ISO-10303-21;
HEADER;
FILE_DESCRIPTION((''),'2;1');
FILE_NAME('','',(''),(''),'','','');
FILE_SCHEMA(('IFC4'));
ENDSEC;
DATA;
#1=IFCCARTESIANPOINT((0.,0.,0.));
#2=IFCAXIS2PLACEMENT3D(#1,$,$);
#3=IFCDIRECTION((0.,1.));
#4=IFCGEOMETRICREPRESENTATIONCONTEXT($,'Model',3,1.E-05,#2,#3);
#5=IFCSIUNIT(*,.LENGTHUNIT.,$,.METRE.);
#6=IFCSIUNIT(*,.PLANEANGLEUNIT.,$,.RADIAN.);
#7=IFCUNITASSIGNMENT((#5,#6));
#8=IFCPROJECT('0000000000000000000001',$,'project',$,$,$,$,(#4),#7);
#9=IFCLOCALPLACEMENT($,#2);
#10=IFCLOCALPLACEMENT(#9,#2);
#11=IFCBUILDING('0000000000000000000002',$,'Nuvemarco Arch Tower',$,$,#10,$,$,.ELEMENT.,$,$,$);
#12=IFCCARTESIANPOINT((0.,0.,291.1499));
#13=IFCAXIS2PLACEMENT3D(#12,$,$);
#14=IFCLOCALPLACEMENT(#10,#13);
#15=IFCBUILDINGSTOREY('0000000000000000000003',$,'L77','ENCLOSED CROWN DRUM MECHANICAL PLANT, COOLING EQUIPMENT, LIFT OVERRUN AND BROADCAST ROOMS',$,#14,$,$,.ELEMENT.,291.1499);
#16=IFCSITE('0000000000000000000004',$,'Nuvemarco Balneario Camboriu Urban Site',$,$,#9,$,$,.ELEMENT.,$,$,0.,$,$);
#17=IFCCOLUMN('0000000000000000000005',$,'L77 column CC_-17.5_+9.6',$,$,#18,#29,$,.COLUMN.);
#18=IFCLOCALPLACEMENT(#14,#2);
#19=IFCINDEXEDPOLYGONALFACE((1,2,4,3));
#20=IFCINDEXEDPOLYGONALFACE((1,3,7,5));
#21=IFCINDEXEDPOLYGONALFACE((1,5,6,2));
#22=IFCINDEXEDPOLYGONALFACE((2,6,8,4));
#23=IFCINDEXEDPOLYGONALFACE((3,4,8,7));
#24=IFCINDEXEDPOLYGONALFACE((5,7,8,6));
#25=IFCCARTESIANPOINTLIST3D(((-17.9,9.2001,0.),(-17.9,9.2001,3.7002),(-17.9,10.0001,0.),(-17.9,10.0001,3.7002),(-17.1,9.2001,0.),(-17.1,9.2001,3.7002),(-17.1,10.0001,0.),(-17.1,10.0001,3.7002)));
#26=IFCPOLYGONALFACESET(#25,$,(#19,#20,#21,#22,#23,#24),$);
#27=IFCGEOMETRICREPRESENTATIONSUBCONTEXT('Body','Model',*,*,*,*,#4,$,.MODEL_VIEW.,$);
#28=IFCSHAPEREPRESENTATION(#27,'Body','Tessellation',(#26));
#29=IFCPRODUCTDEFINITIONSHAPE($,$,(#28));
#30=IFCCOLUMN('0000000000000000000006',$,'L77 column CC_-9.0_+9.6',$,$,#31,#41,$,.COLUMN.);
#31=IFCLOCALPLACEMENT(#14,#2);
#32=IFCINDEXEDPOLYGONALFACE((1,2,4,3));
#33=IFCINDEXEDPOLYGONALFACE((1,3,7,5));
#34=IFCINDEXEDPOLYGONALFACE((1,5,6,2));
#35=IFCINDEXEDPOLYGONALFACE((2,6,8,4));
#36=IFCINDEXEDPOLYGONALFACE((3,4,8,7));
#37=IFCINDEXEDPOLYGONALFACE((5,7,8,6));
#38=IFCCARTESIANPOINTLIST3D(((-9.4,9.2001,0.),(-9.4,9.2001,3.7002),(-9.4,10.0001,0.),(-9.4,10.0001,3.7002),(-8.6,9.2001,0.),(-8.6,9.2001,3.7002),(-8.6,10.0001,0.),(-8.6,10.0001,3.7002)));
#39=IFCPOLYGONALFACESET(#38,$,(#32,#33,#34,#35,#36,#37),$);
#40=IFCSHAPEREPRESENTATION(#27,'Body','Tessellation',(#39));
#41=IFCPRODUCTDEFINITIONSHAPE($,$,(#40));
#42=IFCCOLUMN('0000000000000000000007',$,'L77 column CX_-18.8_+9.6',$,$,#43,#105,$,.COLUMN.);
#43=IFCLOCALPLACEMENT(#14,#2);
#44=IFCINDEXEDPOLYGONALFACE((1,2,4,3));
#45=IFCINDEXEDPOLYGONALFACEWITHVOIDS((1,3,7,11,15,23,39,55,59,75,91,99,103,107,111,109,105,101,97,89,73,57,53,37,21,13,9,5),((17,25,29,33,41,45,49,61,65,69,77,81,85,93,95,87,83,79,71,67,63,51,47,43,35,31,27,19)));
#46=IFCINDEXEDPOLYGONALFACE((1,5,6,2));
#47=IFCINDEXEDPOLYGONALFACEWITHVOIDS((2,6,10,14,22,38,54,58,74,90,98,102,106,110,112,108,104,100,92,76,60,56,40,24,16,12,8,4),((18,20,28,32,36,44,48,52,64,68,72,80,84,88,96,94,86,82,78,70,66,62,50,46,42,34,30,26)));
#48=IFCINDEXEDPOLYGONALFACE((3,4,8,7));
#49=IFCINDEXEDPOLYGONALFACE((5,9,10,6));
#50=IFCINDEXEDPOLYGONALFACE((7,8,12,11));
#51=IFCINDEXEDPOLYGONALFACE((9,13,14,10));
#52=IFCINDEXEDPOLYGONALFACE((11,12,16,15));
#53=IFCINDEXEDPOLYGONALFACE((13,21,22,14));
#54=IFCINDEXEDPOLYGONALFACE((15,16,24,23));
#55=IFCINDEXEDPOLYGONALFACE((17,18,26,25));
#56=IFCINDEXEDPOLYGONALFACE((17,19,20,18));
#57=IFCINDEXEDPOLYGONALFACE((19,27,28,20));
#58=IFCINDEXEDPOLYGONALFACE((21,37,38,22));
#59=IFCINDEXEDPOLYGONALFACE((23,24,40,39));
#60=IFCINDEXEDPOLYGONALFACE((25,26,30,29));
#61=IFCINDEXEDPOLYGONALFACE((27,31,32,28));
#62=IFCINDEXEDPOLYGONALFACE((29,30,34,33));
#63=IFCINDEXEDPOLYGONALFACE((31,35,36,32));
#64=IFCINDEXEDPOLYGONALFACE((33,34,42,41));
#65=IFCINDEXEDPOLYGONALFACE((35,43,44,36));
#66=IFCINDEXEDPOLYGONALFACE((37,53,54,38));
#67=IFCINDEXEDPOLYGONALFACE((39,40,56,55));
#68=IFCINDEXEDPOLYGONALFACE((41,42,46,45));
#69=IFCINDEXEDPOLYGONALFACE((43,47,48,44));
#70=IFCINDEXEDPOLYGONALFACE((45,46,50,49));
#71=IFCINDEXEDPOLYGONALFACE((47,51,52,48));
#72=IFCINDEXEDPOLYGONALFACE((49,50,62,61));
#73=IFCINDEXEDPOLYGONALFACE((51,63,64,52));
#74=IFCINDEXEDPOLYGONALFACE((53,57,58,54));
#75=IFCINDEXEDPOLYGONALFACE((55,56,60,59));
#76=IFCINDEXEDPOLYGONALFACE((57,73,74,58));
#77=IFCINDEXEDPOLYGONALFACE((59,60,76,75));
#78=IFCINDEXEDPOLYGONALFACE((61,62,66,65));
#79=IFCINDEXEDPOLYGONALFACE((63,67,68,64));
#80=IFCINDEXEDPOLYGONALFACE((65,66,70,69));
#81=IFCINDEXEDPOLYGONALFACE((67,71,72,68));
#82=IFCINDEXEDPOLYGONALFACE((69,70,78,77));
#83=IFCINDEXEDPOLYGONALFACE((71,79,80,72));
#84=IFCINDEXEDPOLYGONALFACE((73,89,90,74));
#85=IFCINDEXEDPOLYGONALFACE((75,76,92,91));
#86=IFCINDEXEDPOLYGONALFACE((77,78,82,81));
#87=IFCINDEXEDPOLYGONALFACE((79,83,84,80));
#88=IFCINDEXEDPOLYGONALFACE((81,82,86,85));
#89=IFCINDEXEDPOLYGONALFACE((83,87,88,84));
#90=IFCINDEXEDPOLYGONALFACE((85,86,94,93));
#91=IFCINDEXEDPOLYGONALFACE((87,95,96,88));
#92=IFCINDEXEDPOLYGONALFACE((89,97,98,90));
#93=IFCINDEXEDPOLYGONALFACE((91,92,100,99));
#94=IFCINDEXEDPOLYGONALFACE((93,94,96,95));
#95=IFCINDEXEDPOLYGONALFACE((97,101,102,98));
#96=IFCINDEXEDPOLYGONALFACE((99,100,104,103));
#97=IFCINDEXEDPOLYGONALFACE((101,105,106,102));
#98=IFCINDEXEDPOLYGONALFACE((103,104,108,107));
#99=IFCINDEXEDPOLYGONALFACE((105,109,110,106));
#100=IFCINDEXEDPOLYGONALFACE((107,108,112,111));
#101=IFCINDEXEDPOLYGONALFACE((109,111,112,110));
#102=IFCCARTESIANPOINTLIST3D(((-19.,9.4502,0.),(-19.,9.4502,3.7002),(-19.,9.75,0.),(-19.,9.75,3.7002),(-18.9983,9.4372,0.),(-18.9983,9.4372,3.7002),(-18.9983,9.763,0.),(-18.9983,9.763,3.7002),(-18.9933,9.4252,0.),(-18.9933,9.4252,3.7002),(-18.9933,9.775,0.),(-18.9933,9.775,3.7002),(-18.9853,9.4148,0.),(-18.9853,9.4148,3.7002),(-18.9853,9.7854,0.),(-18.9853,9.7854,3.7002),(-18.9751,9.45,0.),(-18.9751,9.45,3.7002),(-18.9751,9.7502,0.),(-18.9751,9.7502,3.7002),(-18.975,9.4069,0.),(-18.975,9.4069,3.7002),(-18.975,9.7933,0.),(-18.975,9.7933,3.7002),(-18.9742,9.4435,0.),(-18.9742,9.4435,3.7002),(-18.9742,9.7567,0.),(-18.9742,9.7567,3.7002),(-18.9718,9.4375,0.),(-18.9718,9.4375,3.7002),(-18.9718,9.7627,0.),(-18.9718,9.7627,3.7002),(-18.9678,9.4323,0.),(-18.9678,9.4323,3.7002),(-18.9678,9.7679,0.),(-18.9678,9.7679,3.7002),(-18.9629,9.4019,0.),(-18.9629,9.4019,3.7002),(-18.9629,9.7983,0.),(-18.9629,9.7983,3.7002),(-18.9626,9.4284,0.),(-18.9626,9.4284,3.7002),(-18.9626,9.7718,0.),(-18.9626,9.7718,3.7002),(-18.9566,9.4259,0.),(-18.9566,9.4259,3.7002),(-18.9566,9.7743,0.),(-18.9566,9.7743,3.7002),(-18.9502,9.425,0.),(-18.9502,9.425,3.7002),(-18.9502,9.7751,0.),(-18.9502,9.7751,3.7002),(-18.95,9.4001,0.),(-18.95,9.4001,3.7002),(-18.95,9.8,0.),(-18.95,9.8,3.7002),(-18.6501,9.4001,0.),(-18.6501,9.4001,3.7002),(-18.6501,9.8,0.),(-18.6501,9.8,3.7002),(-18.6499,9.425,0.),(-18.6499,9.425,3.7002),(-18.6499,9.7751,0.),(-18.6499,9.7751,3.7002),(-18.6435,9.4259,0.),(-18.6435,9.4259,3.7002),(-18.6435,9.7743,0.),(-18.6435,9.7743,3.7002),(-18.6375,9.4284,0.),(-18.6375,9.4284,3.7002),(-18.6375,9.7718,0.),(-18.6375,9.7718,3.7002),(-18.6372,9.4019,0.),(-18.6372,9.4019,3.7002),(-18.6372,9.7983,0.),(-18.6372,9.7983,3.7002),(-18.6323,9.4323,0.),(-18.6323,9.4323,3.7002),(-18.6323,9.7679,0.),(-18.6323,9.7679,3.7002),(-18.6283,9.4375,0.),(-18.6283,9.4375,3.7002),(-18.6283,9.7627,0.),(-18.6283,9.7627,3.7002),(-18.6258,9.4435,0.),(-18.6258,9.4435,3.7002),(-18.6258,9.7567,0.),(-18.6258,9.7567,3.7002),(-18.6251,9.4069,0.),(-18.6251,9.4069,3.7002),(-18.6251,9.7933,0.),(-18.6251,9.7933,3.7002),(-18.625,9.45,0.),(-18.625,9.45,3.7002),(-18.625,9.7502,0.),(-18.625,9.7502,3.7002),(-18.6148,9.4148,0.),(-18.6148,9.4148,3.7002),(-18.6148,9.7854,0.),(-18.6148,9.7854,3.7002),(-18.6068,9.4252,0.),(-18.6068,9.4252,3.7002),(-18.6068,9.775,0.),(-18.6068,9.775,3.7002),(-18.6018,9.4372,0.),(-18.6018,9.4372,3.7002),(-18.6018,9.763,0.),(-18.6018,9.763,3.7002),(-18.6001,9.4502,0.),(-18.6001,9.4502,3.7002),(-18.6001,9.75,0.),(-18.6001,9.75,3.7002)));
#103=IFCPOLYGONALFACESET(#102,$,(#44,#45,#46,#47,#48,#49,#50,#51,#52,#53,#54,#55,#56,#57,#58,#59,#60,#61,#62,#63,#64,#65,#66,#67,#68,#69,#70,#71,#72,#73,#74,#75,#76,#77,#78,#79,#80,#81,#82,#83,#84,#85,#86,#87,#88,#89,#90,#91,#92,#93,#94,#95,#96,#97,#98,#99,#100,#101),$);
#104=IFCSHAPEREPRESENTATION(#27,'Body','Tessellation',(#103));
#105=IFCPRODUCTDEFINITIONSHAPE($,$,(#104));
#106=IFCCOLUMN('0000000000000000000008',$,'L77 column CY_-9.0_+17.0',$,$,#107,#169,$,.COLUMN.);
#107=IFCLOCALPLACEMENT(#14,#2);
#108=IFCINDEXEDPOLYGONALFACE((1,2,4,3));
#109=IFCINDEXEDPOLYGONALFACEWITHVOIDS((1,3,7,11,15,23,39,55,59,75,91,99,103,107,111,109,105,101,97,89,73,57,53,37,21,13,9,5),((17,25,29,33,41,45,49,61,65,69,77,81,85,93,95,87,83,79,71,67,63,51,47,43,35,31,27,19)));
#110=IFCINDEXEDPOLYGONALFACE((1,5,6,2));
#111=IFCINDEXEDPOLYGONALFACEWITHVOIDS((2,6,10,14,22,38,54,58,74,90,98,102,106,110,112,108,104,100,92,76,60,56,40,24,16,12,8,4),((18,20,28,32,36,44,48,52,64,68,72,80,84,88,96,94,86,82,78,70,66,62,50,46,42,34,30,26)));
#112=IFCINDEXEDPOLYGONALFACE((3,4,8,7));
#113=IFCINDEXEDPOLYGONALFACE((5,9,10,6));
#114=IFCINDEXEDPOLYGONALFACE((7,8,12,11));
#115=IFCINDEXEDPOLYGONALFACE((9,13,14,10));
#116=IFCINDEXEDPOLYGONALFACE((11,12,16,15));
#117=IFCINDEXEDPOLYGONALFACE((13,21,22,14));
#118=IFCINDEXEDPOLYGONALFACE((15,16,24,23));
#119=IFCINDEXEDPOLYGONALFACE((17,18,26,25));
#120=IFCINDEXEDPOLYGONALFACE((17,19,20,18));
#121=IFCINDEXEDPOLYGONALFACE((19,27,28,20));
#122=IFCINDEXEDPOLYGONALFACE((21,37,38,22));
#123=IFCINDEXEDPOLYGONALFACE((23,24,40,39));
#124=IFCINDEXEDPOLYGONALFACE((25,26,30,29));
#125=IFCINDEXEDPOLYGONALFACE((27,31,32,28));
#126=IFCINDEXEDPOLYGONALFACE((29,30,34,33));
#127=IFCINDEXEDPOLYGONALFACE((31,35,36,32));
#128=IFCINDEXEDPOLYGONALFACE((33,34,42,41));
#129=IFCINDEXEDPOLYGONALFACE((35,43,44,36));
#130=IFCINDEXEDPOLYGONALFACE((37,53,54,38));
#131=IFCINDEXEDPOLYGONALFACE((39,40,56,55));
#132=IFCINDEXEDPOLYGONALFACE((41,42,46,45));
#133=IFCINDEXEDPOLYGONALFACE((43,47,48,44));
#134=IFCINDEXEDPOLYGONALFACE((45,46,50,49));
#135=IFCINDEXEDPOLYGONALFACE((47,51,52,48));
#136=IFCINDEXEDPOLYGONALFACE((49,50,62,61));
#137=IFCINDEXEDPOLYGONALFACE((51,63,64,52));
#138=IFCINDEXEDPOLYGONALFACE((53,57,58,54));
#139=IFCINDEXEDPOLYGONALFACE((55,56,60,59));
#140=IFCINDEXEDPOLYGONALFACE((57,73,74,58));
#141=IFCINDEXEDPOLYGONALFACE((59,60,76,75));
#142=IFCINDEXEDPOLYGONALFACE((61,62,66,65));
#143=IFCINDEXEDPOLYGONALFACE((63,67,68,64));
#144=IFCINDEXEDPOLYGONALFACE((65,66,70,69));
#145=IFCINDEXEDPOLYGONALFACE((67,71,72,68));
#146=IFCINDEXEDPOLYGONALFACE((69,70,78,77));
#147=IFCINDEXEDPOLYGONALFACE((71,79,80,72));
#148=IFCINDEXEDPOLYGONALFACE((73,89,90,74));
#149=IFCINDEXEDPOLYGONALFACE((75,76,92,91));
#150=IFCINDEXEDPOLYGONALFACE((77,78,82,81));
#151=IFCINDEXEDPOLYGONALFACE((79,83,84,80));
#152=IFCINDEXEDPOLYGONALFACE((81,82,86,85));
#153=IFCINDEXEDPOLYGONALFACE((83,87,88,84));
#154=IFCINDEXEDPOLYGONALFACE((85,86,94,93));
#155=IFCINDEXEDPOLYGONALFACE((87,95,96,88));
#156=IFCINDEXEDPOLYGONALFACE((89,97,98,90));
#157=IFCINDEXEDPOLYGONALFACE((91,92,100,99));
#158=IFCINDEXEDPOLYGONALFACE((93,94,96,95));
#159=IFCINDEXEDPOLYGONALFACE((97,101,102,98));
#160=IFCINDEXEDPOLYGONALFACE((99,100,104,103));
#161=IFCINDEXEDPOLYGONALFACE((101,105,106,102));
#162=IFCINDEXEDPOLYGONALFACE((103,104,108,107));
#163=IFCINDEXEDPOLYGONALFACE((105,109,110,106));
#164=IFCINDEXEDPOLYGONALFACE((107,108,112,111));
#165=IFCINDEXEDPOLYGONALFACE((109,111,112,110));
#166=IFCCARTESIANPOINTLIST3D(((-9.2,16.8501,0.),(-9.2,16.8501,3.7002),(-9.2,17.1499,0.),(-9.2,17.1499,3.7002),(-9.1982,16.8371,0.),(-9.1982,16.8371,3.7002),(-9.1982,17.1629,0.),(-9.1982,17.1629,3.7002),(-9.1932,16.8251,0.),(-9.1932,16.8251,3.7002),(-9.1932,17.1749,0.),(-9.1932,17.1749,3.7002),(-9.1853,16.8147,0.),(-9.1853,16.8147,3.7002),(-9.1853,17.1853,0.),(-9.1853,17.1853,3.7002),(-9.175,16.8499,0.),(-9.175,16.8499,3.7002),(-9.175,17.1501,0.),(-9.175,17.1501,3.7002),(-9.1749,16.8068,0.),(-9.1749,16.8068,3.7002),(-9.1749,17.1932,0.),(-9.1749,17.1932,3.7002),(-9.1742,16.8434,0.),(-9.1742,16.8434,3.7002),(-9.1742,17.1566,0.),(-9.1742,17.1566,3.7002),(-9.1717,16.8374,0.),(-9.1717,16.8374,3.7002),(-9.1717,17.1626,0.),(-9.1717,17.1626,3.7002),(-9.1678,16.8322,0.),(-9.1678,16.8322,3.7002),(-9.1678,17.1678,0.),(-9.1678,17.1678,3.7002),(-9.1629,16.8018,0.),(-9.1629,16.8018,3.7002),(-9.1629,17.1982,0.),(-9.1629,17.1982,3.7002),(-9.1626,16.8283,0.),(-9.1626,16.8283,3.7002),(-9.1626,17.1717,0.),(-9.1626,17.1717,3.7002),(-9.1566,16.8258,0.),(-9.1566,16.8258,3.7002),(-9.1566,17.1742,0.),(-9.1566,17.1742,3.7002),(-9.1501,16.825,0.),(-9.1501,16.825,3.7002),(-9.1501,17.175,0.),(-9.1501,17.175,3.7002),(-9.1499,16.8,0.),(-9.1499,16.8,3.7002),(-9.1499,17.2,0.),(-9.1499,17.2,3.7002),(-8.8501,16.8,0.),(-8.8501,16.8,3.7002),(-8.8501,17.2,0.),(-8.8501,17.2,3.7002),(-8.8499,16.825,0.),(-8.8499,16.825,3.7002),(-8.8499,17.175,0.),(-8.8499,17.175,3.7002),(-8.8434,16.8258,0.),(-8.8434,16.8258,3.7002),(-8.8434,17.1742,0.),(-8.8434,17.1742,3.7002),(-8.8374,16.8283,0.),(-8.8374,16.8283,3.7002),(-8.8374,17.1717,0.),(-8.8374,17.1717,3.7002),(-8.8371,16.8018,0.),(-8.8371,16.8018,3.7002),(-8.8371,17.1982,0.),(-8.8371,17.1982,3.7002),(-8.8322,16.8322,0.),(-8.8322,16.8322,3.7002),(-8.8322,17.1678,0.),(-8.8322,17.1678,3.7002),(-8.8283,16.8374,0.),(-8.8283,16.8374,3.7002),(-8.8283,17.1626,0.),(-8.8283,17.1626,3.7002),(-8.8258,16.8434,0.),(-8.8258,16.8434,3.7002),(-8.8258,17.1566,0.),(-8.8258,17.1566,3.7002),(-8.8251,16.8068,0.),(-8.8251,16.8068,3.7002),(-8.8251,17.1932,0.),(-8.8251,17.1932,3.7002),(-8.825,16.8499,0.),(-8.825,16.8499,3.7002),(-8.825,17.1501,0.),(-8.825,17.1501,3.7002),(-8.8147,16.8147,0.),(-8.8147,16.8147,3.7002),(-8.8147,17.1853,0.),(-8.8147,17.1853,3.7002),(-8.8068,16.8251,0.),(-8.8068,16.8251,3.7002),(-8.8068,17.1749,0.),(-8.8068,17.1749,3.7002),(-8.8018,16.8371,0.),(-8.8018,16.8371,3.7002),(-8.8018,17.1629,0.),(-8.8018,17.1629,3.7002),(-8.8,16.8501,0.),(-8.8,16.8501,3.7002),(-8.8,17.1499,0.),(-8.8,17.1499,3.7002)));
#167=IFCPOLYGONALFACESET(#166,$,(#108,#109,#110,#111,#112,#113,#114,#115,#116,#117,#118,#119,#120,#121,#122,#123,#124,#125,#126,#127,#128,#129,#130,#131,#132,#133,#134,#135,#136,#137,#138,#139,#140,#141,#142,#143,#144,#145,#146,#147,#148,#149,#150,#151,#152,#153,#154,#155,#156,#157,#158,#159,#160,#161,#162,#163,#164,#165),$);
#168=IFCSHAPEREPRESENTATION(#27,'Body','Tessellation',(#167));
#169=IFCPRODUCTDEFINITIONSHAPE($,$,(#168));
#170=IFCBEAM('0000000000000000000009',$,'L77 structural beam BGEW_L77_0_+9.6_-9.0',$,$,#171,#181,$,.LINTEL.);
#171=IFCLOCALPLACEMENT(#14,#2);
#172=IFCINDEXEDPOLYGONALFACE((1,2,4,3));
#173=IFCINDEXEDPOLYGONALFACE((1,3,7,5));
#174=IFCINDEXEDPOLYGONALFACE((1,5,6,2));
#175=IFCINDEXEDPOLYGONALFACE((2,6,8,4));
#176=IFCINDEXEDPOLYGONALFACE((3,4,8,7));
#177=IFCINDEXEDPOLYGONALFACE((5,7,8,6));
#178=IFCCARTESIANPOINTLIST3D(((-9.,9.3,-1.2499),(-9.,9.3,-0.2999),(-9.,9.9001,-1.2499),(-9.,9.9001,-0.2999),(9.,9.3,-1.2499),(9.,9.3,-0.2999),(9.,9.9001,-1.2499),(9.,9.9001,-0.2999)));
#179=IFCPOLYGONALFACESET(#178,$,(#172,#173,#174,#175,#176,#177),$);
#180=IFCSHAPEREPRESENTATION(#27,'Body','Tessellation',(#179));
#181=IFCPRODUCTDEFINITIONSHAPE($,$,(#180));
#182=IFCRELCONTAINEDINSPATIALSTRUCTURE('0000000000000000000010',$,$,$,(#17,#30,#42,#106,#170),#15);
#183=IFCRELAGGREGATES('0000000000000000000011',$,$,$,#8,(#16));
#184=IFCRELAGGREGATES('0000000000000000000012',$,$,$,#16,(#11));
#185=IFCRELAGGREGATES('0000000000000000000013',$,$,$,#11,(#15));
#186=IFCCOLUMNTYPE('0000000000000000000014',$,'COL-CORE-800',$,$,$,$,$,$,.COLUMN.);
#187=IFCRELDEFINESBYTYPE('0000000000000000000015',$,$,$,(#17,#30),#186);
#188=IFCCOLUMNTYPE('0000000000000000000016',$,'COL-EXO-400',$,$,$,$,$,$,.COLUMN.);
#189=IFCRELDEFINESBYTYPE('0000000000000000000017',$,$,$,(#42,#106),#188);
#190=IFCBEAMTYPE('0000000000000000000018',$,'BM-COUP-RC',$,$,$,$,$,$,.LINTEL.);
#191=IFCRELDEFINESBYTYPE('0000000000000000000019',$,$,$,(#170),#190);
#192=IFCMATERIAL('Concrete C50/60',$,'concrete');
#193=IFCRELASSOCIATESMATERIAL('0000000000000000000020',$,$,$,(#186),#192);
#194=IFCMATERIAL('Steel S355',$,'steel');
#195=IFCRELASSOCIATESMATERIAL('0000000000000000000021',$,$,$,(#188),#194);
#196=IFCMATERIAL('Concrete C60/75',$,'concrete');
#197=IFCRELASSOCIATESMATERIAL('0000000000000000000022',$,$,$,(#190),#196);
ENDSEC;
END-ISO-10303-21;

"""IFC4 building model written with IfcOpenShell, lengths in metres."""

from ifc_helpers import new_model, si_unit, direction, frame, origin, origin_2d, place, context, subcontext, project, spatial, rectangle, hollow_rectangle, extrude, material, material_profile, profile_set, type_object, element, save


model = new_model("IFC4")

# Units and contexts
model_context = context("Model", 3, precision=1e-05, world=origin(), true_north=direction((0.0, 1.0)))
body_context = subcontext(model_context, "Body", "Model", "MODEL_VIEW")
ifc_project = project(units=[si_unit("LENGTHUNIT", "METRE"), si_unit("PLANEANGLEUNIT", "RADIAN")], contexts=[model_context])

# Site, building, storey
site_placement = place(None, origin())
site = spatial("IfcSite", under=ifc_project, at=site_placement, Name="Nuvemarco Balneario Camboriu Urban Site", CompositionType="ELEMENT", RefElevation=0.0)
building_placement = place(site_placement, origin())
building = spatial("IfcBuilding", under=site, at=building_placement, Name="Nuvemarco Arch Tower", CompositionType="ELEMENT")
storey_placement = place(building_placement, frame((0.0, 0.0, 291.1499)))
storey = spatial("IfcBuildingStorey", under=building, at=storey_placement, Name="L77", Description="ENCLOSED CROWN DRUM MECHANICAL PLANT, COOLING EQUIPMENT, LIFT OVERRUN AND BROADCAST ROOMS", CompositionType="ELEMENT", Elevation=291.1499)

# Columns
ifc_material_1 = material(Name="Concrete C50/60", Category="concrete")
ifc_material_profile_1 = material_profile(ifc_material_1, rectangle(XDim=0.8, YDim=0.8, at=origin_2d()), Name="RC-COL-800x800")
ifc_profile_set_1 = profile_set([ifc_material_profile_1], Name="Concrete C50/60")
column_type_1 = type_object("IfcColumnType", Name="COL-CORE-800", PredefinedType="COLUMN", material=ifc_profile_set_1)
for number, where, z_axis, x_axis, name in (
    (1, (-17.5, 9.6001, 0.0), (0.0, 0.0, 1.0), (1.0, 0.0, 0.0), "L77 column CC_-17.5_+9.6"),
    (2, (-9.0, 9.6001, 0.0), (0.0, 0.0, 1.0), (1.0, 0.0, 0.0), "L77 column CC_-9.0_+9.6"),
):
    element("IfcColumn", number, at=place(storey_placement, frame(where, z_axis=z_axis, x_axis=x_axis)), inside=storey, type_object=column_type_1, Name=name, PredefinedType="COLUMN", context=body_context, shape_type="SweptSolid", body=[
        extrude(rectangle(XDim=0.8, YDim=0.8, at=origin_2d()), origin(), (0.0, 0.0, 1.0), 3.7002),
    ])
ifc_material_2 = material(Name="Steel S355", Category="steel")
ifc_material_profile_2 = material_profile(ifc_material_2, hollow_rectangle(XDim=0.3999, YDim=0.3999, WallThickness=0.0249, InnerFilletRadius=0.0249, OuterFilletRadius=0.05, at=origin_2d()), Name="SHS400x400x25")
ifc_profile_set_2 = profile_set([ifc_material_profile_2], Name="Steel S355")
column_type_2 = type_object("IfcColumnType", Name="COL-EXO-400", PredefinedType="COLUMN", material=ifc_profile_set_2)
for number, where, z_axis, x_axis, name in (
    (3, (-18.8, 9.6001, 0.0), (0.0, 0.0, 1.0), (1.0, 0.0, 0.0), "L77 column CX_-18.8_+9.6"),
    (4, (-9.0, 17.0, 0.0), (0.0, 0.0, 1.0), (1.0, 0.0, 0.0), "L77 column CY_-9.0_+17.0"),
):
    element("IfcColumn", number, at=place(storey_placement, frame(where, z_axis=z_axis, x_axis=x_axis)), inside=storey, type_object=column_type_2, Name=name, PredefinedType="COLUMN", context=body_context, shape_type="SweptSolid", body=[
        extrude(hollow_rectangle(XDim=0.3999, YDim=0.3999, WallThickness=0.0249, InnerFilletRadius=0.0249, OuterFilletRadius=0.05, at=origin_2d()), origin(), (0.0, 0.0, 1.0), 3.7002),
    ])

# Beam
ifc_material_3 = material(Name="Concrete C60/75", Category="concrete")
ifc_material_profile_3 = material_profile(ifc_material_3, rectangle(XDim=0.6001, YDim=0.95, at=origin_2d()), Name="RC-BM-600x950")
ifc_profile_set_3 = profile_set([ifc_material_profile_3], Name="Concrete C60/75")
beam_type_1 = type_object("IfcBeamType", Name="BM-COUP-RC", PredefinedType="LINTEL", material=ifc_profile_set_3)
beam_1_placement = place(storey_placement, frame((-9.0, 9.6001, -0.7749), z_axis=(1.0, 0.0, 0.0), x_axis=(0.0, 1.0, 0.0)))
element("IfcBeam", 5, at=beam_1_placement, inside=storey, type_object=beam_type_1, Name="L77 structural beam BGEW_L77_0_+9.6_-9.0", PredefinedType="LINTEL", context=body_context, shape_type="SweptSolid", body=[
    extrude(rectangle(XDim=0.6001, YDim=0.95, at=origin_2d()), origin(), (0.0, 0.0, 1.0), 18.0),
])

save(model, "model.ifc")
